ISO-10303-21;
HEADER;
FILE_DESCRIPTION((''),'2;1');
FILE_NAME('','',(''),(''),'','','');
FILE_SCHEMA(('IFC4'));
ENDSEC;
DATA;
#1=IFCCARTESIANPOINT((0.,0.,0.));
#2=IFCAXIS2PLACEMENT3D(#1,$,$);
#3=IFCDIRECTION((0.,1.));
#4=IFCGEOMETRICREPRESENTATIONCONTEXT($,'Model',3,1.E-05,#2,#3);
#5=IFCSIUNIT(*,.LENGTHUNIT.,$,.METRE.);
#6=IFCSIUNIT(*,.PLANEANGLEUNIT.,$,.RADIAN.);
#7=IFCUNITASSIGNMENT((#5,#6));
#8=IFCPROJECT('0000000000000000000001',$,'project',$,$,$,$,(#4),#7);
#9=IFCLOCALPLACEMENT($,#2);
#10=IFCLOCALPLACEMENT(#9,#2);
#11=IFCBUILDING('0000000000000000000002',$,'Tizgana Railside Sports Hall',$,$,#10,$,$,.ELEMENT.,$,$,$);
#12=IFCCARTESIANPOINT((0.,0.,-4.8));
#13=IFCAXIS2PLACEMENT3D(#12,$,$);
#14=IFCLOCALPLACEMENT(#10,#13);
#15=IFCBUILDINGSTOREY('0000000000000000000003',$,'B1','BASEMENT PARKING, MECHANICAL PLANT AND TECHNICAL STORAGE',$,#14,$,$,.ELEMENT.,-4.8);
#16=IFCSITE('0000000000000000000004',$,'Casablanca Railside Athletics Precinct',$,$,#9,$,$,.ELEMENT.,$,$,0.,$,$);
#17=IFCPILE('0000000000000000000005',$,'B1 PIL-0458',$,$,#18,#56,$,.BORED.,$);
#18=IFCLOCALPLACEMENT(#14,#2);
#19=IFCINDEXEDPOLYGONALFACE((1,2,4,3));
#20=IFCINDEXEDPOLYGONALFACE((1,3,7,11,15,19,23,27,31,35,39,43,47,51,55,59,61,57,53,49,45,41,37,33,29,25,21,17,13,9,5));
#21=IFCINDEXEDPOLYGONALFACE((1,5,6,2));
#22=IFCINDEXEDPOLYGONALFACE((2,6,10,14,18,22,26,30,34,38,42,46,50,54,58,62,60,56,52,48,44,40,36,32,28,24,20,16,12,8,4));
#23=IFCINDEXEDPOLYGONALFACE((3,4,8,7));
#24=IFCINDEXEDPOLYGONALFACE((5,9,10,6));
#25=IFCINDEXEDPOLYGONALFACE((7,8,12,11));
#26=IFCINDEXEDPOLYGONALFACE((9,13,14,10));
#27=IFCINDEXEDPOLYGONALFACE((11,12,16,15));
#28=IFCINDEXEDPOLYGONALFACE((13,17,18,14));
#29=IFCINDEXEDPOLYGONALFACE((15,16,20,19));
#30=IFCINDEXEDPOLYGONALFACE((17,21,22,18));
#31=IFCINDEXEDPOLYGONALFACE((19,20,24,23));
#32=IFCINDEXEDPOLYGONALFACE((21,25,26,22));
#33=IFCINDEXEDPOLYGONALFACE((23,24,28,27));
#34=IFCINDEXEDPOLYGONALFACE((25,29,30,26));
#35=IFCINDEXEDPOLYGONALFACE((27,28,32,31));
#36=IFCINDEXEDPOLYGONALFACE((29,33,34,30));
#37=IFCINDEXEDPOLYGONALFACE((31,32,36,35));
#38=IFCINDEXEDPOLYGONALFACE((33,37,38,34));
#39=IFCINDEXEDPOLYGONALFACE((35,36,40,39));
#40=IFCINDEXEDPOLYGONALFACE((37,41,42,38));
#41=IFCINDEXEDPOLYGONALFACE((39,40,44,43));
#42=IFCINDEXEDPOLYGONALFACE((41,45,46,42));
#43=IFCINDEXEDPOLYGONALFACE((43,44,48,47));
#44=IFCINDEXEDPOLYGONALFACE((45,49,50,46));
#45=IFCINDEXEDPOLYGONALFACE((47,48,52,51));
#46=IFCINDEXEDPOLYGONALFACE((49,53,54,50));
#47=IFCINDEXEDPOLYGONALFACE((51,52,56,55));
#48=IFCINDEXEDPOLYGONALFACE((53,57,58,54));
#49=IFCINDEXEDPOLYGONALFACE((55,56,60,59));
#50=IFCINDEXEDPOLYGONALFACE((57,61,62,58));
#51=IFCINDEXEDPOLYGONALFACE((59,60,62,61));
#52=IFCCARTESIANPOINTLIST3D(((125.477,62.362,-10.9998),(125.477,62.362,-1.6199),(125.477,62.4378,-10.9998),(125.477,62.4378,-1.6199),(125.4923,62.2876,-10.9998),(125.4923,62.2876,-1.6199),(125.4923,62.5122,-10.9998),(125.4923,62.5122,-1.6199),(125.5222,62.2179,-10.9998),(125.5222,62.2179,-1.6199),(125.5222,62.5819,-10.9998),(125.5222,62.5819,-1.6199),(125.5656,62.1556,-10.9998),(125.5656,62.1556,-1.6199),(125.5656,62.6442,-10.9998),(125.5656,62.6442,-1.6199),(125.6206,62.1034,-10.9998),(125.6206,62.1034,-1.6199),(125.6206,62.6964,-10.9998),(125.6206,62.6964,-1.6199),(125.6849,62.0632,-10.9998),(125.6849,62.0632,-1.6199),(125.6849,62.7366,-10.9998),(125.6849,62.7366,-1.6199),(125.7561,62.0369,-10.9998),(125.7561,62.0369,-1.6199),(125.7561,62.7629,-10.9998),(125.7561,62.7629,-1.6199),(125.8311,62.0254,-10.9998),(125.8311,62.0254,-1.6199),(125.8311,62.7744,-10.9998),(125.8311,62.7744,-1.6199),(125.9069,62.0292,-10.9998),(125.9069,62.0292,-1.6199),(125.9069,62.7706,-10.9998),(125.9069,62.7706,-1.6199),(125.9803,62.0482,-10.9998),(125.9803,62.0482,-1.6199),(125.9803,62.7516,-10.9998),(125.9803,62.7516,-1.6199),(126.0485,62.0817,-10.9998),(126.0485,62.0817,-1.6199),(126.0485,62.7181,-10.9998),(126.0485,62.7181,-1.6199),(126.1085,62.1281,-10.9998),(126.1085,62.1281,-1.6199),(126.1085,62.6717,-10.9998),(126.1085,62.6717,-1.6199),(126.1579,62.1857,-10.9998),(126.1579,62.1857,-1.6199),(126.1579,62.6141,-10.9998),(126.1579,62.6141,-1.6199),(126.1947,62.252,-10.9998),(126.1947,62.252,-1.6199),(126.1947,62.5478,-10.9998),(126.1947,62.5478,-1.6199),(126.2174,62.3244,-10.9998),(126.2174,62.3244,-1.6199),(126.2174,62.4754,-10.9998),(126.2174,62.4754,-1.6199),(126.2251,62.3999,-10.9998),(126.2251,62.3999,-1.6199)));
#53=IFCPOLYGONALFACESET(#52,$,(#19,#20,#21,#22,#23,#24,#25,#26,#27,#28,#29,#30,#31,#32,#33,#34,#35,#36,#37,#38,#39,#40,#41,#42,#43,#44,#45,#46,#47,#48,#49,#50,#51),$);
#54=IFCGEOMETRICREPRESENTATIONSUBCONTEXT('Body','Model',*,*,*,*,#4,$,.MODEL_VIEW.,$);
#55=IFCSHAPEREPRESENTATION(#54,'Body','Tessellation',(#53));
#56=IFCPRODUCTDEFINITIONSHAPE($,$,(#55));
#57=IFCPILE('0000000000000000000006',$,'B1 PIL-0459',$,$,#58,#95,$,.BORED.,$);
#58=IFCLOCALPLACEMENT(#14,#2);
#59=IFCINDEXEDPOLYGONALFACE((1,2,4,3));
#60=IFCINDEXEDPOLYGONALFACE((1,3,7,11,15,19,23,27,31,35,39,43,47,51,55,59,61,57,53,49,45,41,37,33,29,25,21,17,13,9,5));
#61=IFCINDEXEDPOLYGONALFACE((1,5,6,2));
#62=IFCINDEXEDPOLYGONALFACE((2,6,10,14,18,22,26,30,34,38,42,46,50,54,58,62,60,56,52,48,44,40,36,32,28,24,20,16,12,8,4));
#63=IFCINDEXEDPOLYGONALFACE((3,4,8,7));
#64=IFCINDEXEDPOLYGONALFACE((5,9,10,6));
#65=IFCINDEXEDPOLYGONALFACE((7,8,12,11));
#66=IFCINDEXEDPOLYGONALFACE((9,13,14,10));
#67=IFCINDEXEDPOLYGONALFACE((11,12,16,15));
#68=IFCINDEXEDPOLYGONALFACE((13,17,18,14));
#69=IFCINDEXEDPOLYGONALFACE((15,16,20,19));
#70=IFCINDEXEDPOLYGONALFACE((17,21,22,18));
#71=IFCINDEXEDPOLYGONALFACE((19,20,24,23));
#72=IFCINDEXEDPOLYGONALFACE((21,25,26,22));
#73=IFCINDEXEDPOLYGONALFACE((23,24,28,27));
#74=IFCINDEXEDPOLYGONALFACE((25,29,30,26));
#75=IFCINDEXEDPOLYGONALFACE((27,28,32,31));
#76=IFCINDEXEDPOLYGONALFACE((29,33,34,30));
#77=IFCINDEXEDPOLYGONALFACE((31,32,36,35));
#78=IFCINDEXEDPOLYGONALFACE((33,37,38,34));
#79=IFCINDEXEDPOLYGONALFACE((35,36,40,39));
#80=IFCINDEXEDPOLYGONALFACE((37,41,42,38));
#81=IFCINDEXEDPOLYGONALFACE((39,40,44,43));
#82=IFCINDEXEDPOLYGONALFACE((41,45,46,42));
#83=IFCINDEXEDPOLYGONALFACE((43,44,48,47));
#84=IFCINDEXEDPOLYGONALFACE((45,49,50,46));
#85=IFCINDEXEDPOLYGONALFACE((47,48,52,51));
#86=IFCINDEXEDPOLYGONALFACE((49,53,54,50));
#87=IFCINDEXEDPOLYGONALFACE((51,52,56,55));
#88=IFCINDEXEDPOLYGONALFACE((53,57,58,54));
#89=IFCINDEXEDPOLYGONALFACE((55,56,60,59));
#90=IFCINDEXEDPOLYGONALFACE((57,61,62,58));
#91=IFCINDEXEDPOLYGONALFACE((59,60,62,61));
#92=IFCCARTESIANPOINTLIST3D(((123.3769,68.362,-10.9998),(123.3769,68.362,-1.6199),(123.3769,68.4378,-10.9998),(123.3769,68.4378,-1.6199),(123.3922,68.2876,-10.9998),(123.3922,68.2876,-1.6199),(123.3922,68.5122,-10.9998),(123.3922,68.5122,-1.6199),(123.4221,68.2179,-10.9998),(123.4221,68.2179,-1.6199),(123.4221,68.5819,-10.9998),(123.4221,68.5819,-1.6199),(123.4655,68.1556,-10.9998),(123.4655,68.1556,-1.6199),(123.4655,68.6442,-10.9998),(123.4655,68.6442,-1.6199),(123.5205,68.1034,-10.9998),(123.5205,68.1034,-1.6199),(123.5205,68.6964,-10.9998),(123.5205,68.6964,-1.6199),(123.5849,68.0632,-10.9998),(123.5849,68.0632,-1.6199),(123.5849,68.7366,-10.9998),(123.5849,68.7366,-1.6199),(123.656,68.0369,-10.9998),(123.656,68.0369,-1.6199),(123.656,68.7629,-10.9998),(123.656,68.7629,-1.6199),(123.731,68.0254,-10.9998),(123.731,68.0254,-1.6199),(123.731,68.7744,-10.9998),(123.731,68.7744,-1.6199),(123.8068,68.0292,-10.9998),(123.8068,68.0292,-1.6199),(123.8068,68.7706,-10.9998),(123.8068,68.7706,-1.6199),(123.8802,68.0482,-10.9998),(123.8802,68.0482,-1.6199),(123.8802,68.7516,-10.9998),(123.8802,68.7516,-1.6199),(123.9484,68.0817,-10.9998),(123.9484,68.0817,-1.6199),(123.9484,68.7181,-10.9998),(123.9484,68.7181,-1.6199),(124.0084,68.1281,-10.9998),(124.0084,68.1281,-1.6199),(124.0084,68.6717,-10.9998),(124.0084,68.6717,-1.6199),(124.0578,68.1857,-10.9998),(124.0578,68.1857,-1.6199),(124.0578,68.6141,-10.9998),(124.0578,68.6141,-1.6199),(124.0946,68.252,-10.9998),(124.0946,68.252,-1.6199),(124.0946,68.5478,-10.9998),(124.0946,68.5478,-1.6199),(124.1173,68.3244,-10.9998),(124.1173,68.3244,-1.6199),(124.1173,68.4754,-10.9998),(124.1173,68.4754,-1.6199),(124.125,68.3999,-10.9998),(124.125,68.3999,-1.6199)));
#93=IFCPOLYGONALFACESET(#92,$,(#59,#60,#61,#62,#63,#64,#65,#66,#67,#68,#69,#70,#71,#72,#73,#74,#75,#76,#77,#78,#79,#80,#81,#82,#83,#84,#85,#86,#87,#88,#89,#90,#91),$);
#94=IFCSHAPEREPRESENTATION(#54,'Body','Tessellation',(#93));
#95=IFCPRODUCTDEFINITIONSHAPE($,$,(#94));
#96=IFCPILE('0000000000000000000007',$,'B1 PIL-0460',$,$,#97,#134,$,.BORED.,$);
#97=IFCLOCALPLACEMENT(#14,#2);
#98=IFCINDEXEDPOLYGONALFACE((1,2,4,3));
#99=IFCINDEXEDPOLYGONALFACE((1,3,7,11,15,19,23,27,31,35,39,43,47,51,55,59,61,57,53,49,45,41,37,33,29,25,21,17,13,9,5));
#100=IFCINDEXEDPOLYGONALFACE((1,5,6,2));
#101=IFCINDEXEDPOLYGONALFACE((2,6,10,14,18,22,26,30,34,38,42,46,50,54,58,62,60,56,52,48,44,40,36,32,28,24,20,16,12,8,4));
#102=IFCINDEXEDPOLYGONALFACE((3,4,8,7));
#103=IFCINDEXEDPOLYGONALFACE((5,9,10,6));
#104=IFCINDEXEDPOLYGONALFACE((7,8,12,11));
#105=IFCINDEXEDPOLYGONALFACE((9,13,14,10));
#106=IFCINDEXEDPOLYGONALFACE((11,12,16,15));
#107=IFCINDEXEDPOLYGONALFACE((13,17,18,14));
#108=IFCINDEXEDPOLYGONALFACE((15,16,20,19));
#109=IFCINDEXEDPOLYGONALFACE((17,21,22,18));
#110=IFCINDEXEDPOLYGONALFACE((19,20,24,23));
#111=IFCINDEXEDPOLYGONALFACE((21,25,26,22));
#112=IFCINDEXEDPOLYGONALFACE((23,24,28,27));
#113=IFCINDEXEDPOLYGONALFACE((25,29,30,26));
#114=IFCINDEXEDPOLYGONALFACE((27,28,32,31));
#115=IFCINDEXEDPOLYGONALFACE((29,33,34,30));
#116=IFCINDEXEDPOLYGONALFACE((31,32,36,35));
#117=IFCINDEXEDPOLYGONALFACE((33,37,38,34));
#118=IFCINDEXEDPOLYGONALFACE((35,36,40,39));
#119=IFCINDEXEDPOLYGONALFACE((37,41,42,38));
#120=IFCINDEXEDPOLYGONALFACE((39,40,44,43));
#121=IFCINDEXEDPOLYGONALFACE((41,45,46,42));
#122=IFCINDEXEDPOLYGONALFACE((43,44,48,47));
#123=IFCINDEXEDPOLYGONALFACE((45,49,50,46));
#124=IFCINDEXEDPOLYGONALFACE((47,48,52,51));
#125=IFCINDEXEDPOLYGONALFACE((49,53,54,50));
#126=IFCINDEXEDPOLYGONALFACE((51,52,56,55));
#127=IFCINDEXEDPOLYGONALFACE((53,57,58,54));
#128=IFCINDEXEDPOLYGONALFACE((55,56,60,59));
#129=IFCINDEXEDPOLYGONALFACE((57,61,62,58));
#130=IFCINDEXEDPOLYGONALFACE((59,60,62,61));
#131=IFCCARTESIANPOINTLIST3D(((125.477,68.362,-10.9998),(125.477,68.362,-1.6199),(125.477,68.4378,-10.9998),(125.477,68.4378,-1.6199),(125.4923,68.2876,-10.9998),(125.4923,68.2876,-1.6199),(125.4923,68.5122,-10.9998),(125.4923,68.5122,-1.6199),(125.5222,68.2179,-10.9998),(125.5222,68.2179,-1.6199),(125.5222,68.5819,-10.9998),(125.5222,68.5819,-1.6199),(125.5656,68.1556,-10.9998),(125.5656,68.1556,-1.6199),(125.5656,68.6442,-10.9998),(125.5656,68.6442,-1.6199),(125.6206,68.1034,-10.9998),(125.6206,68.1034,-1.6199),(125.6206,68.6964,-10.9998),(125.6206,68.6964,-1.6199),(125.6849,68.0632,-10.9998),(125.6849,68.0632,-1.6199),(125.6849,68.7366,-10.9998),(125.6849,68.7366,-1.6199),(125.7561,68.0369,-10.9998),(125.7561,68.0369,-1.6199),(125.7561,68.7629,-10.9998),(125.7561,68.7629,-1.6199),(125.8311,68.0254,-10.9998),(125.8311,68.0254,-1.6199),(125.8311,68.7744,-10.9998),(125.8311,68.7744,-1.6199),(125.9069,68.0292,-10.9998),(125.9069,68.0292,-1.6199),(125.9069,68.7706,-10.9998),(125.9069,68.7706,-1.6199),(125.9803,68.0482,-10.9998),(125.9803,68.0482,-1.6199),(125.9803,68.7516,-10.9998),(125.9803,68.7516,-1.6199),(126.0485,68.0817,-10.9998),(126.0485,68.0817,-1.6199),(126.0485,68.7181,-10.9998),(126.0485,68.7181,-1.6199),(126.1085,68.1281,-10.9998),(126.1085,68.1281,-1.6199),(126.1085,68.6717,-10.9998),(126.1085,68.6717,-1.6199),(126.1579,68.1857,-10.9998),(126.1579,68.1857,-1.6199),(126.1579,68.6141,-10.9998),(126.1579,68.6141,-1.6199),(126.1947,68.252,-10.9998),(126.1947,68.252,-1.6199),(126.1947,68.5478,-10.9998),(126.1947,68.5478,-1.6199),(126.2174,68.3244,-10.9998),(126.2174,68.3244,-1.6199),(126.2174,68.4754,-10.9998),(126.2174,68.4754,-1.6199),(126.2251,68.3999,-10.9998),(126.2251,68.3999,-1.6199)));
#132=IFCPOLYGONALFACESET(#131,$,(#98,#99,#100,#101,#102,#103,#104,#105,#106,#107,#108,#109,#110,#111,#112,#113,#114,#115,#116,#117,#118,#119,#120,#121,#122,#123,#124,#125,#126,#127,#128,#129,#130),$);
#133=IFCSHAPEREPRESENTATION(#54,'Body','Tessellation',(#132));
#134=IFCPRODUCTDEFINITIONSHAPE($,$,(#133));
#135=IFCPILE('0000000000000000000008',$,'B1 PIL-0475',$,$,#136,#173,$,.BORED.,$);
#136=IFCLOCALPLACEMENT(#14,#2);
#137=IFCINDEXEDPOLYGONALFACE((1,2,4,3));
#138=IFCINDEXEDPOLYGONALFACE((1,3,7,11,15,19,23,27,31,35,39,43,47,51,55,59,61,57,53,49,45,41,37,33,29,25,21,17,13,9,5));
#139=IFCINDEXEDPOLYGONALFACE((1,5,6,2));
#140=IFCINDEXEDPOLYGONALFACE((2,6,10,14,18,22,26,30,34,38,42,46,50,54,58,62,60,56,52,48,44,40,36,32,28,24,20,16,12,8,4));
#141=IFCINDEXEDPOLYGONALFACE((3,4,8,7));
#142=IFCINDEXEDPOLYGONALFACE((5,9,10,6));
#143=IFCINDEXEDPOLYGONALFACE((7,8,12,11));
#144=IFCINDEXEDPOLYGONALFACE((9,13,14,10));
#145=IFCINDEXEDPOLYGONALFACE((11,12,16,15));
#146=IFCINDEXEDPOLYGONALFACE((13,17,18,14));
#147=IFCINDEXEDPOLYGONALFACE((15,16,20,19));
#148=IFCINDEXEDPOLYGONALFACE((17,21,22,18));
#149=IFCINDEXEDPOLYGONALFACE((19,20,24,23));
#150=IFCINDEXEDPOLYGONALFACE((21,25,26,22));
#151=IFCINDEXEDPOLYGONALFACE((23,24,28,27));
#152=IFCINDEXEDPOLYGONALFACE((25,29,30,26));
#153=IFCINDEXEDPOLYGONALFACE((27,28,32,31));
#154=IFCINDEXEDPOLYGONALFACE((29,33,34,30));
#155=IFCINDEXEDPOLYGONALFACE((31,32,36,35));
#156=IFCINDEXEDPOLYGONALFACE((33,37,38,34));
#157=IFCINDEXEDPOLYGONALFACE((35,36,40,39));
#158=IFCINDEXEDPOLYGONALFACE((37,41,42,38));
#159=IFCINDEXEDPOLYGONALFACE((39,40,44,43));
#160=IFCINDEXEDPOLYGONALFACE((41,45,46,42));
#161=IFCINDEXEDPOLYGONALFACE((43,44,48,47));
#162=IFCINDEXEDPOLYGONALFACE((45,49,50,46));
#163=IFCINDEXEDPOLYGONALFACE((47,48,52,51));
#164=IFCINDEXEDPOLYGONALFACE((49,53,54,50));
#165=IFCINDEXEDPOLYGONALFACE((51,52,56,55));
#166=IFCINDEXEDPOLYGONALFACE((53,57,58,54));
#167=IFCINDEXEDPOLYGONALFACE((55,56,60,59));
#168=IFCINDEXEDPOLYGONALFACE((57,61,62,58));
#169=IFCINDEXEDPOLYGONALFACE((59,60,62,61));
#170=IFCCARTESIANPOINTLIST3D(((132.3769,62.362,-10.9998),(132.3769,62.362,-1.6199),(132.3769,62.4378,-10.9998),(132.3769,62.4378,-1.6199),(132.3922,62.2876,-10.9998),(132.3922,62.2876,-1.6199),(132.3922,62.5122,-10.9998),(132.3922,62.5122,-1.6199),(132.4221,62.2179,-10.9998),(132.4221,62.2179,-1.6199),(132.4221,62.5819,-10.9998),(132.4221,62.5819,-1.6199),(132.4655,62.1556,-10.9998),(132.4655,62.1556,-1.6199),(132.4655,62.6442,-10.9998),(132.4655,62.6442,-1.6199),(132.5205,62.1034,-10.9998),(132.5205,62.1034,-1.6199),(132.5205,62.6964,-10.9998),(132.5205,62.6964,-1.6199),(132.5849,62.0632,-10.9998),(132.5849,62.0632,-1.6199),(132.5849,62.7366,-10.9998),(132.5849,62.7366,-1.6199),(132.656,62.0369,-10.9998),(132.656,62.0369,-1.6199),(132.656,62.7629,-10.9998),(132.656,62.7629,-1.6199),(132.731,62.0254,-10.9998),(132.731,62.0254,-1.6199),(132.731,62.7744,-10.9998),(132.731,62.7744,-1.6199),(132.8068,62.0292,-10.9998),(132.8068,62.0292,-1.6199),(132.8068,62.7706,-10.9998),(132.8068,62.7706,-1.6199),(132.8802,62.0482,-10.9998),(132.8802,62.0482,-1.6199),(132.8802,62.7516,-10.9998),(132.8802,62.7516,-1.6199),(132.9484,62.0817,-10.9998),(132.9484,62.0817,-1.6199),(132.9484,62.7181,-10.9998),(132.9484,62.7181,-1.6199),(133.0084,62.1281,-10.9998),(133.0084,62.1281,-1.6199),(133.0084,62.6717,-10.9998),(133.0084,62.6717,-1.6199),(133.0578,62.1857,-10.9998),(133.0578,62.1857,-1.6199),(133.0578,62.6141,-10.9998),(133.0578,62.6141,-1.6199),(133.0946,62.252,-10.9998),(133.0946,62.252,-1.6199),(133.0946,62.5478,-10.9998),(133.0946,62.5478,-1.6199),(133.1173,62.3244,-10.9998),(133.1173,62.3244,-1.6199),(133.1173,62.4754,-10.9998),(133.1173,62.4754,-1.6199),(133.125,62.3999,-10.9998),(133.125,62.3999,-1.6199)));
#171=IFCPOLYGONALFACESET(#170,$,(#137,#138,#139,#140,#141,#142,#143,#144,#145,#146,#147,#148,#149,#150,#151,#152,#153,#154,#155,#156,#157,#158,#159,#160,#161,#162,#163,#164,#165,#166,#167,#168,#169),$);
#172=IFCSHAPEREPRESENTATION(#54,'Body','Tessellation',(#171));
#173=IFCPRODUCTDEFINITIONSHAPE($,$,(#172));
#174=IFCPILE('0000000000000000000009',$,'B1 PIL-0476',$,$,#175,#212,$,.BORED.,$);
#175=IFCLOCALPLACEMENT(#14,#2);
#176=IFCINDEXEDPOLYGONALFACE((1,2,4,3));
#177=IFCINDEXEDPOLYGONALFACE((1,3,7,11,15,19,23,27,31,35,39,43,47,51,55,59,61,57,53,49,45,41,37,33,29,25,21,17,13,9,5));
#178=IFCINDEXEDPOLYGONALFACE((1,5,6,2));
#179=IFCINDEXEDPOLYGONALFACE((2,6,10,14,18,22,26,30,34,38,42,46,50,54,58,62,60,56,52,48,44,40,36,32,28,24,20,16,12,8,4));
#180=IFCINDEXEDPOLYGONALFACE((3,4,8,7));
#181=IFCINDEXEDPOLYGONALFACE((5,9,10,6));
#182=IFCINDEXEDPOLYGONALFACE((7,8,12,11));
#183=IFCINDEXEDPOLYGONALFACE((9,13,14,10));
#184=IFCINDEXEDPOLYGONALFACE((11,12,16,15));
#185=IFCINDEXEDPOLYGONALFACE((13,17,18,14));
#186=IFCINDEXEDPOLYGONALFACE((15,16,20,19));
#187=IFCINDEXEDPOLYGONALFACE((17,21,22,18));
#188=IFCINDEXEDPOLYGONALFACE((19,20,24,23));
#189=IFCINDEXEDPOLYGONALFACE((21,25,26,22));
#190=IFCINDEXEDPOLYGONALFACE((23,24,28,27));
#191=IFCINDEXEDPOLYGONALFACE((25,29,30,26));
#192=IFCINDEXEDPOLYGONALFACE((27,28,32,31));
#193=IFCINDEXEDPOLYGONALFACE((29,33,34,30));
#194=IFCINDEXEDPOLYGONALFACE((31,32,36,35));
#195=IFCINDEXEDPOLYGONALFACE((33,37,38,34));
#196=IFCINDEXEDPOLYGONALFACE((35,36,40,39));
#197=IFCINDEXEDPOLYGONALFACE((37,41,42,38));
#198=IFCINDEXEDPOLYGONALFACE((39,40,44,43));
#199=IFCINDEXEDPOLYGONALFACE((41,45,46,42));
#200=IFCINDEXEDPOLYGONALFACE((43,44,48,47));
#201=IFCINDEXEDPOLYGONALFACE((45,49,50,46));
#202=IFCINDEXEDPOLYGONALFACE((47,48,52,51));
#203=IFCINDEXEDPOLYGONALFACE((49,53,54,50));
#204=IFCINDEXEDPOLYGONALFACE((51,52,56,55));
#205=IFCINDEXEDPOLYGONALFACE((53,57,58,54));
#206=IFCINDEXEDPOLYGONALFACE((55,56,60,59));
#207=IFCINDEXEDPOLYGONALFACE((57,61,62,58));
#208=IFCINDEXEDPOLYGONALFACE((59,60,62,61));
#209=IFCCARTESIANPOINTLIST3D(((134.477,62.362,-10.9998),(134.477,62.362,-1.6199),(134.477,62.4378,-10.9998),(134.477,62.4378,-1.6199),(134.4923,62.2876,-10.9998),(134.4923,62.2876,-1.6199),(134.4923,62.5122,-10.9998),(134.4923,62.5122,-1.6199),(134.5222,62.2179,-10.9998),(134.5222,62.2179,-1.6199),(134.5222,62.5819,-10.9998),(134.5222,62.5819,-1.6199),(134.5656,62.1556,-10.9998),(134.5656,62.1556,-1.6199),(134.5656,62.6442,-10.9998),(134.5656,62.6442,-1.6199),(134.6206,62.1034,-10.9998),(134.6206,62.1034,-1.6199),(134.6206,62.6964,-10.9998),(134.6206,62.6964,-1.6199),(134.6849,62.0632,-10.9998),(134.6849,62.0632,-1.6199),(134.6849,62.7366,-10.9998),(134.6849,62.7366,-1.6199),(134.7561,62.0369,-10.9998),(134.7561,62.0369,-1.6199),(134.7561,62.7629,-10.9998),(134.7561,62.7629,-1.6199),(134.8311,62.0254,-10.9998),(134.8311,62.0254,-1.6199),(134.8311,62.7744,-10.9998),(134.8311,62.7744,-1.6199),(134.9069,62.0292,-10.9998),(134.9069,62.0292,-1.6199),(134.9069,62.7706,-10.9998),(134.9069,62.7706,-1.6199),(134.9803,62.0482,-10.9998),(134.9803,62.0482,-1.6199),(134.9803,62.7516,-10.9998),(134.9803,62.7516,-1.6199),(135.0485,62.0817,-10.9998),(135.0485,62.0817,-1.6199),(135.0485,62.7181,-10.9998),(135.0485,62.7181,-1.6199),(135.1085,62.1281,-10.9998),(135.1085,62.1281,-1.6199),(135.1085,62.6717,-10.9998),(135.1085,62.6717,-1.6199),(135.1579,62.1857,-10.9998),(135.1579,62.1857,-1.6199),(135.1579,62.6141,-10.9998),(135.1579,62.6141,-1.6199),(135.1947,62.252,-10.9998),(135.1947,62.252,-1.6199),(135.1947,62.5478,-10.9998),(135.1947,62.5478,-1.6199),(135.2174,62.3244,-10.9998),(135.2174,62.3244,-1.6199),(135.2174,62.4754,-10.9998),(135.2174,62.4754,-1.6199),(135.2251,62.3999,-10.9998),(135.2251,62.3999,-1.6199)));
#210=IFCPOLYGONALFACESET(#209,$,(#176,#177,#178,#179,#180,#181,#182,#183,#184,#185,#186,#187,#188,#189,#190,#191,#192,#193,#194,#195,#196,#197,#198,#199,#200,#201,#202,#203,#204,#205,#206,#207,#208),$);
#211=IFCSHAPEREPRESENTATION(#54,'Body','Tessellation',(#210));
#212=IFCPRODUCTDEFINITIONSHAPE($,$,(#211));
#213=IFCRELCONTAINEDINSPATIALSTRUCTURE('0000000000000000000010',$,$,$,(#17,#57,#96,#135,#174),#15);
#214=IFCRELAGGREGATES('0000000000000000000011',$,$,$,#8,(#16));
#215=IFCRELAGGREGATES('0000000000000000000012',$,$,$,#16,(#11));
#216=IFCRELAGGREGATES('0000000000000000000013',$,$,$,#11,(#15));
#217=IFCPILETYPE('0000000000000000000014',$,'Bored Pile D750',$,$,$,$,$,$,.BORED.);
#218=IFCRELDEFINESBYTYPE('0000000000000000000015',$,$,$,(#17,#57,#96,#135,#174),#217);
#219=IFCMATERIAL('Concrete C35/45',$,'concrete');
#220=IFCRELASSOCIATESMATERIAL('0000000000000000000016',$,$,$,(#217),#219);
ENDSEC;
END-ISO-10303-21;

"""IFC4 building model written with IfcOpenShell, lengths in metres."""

from ifc_helpers import new_model, si_unit, direction, frame, origin, origin_2d, place, context, subcontext, project, spatial, circle, extrude, material, material_profile, profile_set, type_object, element, save


model = new_model("IFC4")

# Units and contexts
model_context = context("Model", 3, precision=1e-05, world=origin(), true_north=direction((0.0, 1.0)))
body_context = subcontext(model_context, "Body", "Model", "MODEL_VIEW")
ifc_project = project(units=[si_unit("LENGTHUNIT", "METRE"), si_unit("PLANEANGLEUNIT", "RADIAN")], contexts=[model_context])

# Site, building, storey
site_placement = place(None, origin())
site = spatial("IfcSite", under=ifc_project, at=site_placement, Name="Casablanca Railside Athletics Precinct", CompositionType="ELEMENT", RefElevation=0.0)
building_placement = place(site_placement, origin())
building = spatial("IfcBuilding", under=site, at=building_placement, Name="Tizgana Railside Sports Hall", CompositionType="ELEMENT")
storey_placement = place(building_placement, frame((0.0, 0.0, -4.8)))
storey = spatial("IfcBuildingStorey", under=building, at=storey_placement, Name="B1", Description="BASEMENT PARKING, MECHANICAL PLANT AND TECHNICAL STORAGE", CompositionType="ELEMENT", Elevation=-4.8)

# Piles
ifc_material_1 = material(Name="Concrete C35/45", Category="concrete")
ifc_material_profile_1 = material_profile(ifc_material_1, circle(Radius=0.375, at=origin_2d()), Name="PILE D750")
ifc_profile_set_1 = profile_set([ifc_material_profile_1], Name="Concrete C35/45")
pile_type = type_object("IfcPileType", Name="Bored Pile D750", PredefinedType="BORED", material=ifc_profile_set_1)
for number, where, z_axis, x_axis, name in (
    (1, (125.8501, 62.3999, -1.6199), (0.0, 0.0, -1.0), (1.0, 0.0, 0.0), "B1 PIL-0458"),
    (2, (123.75, 68.3999, -1.6199), (0.0, 0.0, -1.0), (1.0, 0.0, 0.0), "B1 PIL-0459"),
    (3, (125.8501, 68.3999, -1.6199), (0.0, 0.0, -1.0), (1.0, 0.0, 0.0), "B1 PIL-0460"),
    (4, (132.75, 62.3999, -1.6199), (0.0, 0.0, -1.0), (1.0, 0.0, 0.0), "B1 PIL-0475"),
    (5, (134.8501, 62.3999, -1.6199), (0.0, 0.0, -1.0), (1.0, 0.0, 0.0), "B1 PIL-0476"),
):
    element("IfcPile", number, at=place(storey_placement, frame(where, z_axis=z_axis, x_axis=x_axis)), inside=storey, type_object=pile_type, Name=name, PredefinedType="BORED", context=body_context, shape_type="SweptSolid", body=[
        extrude(circle(Radius=0.375, at=origin_2d()), origin(), (0.0, 0.0, 1.0), 9.3799),
    ])

save(model, "model.ifc")
